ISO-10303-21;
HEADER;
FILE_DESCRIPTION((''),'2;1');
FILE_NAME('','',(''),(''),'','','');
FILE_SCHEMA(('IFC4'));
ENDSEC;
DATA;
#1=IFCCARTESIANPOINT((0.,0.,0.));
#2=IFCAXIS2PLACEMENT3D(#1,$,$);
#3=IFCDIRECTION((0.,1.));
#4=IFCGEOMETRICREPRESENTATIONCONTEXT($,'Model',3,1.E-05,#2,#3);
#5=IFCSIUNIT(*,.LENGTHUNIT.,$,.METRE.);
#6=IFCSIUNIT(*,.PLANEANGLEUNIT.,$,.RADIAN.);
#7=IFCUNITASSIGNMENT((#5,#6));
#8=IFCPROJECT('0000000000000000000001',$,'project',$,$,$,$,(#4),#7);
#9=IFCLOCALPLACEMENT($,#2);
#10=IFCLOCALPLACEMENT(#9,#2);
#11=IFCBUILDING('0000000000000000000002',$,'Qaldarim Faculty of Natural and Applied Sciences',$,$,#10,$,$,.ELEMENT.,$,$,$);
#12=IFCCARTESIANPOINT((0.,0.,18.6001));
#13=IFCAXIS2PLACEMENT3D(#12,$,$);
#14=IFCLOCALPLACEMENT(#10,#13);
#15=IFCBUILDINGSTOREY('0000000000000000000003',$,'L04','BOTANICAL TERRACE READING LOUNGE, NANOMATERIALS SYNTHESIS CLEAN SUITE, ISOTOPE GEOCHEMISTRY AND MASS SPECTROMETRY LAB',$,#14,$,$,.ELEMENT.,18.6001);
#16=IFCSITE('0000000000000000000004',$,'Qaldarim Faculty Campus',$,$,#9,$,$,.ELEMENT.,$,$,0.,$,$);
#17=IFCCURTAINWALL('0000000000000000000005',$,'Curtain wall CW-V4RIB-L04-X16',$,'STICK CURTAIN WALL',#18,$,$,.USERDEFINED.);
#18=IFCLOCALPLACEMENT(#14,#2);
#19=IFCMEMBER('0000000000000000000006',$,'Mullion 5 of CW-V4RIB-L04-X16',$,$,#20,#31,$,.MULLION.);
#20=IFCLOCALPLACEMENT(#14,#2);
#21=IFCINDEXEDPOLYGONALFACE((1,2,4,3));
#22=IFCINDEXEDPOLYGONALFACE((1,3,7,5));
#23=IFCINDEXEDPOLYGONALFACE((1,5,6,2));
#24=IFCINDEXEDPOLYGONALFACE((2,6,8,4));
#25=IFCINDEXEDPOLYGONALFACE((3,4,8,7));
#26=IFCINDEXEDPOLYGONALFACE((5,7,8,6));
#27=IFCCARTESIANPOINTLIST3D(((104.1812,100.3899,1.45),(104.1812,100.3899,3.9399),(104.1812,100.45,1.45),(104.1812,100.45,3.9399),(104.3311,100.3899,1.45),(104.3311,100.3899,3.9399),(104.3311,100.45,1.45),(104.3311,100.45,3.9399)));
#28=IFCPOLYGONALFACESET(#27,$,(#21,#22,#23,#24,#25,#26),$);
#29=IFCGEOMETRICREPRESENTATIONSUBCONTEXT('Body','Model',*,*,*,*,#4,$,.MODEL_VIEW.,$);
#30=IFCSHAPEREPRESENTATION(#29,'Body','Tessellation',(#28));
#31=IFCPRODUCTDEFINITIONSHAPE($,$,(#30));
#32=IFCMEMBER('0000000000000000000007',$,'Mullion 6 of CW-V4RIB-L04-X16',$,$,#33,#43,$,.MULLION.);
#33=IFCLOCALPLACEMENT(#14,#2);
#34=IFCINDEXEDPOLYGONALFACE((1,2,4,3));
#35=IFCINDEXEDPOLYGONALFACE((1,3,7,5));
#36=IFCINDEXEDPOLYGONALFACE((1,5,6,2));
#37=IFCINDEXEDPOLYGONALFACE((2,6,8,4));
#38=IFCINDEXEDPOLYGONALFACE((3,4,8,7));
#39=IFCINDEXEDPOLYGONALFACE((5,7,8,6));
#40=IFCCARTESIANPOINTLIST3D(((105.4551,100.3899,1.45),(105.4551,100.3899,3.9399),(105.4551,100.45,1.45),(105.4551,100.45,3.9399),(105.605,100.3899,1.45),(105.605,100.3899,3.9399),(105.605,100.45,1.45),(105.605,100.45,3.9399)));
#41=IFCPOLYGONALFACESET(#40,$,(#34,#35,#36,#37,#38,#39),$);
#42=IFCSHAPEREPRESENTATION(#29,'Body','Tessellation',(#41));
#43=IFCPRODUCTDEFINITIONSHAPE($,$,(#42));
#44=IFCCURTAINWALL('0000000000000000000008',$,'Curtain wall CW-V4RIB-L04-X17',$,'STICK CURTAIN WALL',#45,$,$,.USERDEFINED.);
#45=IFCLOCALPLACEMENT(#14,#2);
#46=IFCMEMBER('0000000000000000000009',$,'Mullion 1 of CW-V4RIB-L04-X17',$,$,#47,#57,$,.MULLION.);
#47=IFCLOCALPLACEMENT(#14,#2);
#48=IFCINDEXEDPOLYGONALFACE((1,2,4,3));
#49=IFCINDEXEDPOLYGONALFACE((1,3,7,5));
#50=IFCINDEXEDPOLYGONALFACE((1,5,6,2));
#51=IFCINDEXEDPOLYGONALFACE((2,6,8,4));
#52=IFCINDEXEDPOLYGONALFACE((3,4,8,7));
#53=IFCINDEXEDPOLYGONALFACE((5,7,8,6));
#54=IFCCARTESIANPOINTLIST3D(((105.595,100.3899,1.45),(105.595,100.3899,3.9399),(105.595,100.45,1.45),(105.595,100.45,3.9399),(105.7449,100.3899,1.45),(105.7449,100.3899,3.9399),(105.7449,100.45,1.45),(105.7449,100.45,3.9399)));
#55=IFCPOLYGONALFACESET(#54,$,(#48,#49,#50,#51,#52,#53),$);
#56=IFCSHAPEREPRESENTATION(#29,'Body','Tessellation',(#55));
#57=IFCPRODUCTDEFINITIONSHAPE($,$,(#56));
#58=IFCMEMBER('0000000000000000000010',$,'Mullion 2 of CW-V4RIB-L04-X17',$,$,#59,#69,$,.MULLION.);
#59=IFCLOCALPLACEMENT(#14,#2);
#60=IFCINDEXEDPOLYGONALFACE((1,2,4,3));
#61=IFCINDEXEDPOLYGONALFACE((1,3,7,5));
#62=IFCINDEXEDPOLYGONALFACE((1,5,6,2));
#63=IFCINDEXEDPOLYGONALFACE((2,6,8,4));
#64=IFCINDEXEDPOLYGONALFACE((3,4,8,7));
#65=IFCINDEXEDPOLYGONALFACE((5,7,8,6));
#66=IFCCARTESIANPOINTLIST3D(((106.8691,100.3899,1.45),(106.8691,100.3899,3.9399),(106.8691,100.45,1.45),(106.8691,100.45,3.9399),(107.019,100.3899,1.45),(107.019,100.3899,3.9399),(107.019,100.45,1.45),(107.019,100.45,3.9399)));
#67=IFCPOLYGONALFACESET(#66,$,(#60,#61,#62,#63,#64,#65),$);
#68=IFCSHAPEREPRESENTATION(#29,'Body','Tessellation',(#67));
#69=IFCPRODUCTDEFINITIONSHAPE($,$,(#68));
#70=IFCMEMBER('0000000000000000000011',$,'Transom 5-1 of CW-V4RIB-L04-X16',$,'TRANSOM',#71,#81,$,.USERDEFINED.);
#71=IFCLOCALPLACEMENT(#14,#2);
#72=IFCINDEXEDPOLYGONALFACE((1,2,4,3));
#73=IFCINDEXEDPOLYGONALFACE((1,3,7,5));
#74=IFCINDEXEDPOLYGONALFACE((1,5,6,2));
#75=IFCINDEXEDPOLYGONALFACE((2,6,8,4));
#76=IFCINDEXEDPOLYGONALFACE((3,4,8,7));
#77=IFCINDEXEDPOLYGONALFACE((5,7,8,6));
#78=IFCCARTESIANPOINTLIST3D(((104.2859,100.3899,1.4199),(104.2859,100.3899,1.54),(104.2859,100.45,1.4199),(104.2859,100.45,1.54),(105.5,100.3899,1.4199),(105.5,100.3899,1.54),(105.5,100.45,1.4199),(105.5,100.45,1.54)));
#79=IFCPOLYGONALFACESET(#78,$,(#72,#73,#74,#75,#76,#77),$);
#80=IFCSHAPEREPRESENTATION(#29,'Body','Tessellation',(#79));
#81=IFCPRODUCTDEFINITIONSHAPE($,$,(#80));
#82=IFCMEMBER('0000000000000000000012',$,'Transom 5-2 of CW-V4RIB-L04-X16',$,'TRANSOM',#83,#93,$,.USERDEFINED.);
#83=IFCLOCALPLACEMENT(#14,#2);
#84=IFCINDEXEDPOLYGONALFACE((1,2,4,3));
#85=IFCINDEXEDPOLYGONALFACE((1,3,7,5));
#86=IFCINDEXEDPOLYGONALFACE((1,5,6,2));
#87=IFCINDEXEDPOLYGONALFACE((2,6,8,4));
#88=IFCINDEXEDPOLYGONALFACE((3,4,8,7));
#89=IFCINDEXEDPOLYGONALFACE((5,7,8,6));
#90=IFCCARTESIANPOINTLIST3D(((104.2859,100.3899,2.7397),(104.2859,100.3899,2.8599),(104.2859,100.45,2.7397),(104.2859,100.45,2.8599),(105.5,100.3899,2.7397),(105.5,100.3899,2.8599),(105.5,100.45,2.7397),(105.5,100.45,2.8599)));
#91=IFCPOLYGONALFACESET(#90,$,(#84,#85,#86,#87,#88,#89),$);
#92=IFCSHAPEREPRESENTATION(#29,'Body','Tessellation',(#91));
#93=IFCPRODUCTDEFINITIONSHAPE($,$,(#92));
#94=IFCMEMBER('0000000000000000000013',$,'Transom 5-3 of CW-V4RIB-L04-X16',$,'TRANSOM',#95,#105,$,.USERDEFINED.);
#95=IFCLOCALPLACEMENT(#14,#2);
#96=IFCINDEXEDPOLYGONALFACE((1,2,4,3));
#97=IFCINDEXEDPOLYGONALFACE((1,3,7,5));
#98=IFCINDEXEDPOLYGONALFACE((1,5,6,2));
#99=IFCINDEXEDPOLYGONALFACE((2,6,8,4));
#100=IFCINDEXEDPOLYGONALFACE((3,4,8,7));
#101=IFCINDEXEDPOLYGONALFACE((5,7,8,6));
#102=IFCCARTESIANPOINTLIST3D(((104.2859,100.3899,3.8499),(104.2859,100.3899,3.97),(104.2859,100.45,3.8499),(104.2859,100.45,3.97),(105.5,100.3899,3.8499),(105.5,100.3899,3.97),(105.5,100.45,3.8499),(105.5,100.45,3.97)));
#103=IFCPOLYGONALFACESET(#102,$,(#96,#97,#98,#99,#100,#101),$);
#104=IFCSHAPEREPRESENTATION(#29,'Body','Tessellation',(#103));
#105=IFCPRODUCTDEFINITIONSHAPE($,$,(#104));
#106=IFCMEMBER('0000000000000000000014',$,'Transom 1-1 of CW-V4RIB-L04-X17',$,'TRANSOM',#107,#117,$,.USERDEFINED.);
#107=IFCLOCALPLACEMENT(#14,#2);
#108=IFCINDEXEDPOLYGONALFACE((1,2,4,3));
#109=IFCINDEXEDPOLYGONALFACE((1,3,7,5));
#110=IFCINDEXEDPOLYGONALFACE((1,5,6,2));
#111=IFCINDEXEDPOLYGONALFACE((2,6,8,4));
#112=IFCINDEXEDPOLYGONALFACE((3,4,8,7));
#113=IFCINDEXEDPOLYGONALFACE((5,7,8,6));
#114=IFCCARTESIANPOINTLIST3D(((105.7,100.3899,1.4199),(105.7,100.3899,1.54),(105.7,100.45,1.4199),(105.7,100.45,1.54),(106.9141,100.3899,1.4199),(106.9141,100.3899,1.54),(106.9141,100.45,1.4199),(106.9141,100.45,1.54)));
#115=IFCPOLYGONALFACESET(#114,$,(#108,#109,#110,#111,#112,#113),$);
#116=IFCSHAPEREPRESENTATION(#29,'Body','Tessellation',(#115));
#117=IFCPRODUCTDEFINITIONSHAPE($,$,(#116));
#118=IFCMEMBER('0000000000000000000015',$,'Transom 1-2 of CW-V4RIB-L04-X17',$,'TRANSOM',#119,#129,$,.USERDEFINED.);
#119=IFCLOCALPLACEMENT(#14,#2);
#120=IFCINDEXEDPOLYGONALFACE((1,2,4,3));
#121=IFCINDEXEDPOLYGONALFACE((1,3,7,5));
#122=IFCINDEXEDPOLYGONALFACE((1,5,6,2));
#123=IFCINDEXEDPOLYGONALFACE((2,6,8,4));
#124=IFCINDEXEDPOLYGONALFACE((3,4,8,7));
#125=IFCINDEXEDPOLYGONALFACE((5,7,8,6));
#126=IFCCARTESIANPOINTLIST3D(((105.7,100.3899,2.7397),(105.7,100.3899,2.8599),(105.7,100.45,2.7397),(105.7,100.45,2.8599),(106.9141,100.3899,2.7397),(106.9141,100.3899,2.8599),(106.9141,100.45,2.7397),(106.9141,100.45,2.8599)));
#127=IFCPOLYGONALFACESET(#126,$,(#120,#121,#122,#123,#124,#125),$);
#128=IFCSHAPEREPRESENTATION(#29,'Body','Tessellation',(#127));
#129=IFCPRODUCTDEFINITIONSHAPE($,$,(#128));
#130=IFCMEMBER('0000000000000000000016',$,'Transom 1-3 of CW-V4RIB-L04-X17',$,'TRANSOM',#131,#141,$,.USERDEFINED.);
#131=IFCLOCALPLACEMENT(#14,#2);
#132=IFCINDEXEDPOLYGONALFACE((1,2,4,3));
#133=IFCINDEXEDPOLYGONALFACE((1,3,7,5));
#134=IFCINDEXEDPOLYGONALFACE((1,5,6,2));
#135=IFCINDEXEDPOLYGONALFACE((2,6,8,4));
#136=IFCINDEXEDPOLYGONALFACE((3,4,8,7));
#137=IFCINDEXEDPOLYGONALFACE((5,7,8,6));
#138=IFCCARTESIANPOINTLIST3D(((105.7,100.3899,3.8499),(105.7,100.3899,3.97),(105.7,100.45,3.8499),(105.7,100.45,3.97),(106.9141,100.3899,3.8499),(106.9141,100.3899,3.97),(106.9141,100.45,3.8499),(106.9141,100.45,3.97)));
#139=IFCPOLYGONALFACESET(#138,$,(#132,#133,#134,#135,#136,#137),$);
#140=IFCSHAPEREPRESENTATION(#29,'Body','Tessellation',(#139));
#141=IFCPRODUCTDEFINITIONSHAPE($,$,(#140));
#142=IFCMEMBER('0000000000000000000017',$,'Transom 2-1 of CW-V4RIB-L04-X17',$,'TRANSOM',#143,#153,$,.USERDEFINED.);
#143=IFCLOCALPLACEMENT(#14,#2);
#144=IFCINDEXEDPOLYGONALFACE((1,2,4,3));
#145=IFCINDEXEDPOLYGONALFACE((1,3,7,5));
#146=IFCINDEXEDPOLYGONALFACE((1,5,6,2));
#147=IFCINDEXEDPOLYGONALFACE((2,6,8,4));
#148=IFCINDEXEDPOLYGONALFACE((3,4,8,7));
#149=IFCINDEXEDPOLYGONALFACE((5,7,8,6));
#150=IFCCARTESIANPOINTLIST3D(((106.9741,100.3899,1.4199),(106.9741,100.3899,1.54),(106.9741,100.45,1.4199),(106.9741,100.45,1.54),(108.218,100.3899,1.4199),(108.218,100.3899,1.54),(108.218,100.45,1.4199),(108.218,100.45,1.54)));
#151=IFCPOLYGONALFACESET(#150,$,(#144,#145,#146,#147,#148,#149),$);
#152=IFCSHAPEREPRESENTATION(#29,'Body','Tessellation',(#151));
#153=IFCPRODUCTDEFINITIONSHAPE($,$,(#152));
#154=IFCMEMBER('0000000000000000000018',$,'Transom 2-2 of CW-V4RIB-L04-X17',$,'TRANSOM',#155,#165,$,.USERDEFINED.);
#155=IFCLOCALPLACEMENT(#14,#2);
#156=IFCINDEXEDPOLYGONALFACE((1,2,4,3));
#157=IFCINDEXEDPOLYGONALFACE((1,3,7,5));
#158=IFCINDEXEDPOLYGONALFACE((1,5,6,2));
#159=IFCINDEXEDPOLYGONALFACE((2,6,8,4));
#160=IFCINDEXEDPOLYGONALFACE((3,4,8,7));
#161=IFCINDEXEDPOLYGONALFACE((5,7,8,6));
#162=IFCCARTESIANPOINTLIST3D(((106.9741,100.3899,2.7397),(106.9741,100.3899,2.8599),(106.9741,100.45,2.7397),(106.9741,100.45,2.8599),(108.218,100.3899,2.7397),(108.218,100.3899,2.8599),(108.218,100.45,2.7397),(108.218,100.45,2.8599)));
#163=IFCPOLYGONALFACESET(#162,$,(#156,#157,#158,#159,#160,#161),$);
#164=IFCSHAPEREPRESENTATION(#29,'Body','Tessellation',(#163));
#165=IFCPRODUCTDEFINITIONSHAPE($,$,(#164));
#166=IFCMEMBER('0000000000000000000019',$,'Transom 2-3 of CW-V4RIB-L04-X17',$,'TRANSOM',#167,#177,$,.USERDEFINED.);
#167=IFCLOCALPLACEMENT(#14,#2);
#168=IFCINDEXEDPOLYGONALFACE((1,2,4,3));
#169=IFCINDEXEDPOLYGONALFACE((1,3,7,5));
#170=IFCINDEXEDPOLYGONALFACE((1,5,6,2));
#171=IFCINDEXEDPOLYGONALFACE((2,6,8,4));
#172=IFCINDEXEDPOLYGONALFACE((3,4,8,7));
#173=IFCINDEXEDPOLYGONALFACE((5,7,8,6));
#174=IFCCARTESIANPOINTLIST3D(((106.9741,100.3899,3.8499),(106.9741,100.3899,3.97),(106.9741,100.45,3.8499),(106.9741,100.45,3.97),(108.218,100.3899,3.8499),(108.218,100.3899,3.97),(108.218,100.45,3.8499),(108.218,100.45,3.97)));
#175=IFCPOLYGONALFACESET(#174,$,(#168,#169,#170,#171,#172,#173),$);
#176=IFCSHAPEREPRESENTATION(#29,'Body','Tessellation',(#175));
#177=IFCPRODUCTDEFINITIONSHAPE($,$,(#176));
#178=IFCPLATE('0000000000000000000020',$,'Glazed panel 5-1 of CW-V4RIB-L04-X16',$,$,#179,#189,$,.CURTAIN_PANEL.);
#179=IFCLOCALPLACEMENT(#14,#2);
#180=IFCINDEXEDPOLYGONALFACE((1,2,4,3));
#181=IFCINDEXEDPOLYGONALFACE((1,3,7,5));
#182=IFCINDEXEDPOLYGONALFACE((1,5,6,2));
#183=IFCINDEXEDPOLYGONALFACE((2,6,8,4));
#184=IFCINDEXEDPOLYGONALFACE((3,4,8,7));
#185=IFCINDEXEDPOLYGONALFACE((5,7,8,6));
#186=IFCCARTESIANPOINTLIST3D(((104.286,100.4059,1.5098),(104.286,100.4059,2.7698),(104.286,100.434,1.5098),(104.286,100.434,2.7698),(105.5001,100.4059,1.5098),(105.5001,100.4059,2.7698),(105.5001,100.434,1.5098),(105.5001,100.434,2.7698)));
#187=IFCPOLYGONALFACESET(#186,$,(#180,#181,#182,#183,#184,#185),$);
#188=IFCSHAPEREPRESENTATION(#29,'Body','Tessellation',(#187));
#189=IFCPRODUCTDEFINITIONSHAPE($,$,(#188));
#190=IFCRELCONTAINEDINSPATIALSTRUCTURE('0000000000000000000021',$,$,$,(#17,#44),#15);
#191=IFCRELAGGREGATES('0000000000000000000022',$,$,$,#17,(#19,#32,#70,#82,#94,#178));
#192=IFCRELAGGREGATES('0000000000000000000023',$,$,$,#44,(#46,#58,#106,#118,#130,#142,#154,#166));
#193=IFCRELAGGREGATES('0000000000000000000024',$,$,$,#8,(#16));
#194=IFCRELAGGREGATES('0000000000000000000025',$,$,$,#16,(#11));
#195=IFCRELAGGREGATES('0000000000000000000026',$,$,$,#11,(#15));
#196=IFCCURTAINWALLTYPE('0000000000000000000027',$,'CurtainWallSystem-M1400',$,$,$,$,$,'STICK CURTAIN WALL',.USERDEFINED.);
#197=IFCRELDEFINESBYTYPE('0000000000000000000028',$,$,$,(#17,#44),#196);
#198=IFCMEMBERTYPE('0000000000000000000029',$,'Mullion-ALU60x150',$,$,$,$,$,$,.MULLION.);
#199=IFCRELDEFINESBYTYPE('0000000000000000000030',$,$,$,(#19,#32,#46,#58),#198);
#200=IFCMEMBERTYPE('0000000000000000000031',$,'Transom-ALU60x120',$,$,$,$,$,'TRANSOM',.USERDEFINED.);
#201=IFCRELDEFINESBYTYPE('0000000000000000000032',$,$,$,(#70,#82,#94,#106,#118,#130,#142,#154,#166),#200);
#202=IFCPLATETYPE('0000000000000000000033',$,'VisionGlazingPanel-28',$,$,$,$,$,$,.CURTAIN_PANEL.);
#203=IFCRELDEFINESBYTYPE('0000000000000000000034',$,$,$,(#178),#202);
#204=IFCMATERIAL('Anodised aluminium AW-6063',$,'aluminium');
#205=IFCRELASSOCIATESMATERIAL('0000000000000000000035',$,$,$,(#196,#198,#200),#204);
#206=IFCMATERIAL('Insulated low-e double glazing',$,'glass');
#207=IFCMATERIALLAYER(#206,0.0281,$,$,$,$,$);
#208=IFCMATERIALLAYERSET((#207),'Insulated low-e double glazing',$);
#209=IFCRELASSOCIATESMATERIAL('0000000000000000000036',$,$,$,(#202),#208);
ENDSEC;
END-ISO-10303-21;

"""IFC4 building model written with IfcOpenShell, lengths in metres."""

from ifc_helpers import new_model, si_unit, direction, frame, origin, origin_2d, place, context, subcontext, project, spatial, rectangle, extrude, material, layer, layer_set, material_profile, profile_set, type_object, element, aggregate, save


model = new_model("IFC4")

# Units and contexts
model_context = context("Model", 3, precision=1e-05, world=origin(), true_north=direction((0.0, 1.0)))
body_context = subcontext(model_context, "Body", "Model", "MODEL_VIEW")
ifc_project = project(units=[si_unit("LENGTHUNIT", "METRE"), si_unit("PLANEANGLEUNIT", "RADIAN")], contexts=[model_context])

# Site, building, storey
site_placement = place(None, origin())
site = spatial("IfcSite", under=ifc_project, at=site_placement, Name="Qaldarim Faculty Campus", CompositionType="ELEMENT", RefElevation=0.0)
building_placement = place(site_placement, origin())
building = spatial("IfcBuilding", under=site, at=building_placement, Name="Qaldarim Faculty of Natural and Applied Sciences", CompositionType="ELEMENT")
storey_placement = place(building_placement, frame((0.0, 0.0, 18.6001)))
storey = spatial("IfcBuildingStorey", under=building, at=storey_placement, Name="L04", Description="BOTANICAL TERRACE READING LOUNGE, NANOMATERIALS SYNTHESIS CLEAN SUITE, ISOTOPE GEOCHEMISTRY AND MASS SPECTROMETRY LAB", CompositionType="ELEMENT", Elevation=18.6001)

# Curtain walls, members
ifc_material_1 = material(Name="Anodised aluminium AW-6063", Category="aluminium")
curtain_wall_type = type_object("IfcCurtainWallType", Name="CurtainWallSystem-M1400", ElementType="STICK CURTAIN WALL", PredefinedType="USERDEFINED", material=ifc_material_1)
curtain_wall_1_placement = place(storey_placement, origin())
curtain_wall_1 = element("IfcCurtainWall", 1, at=curtain_wall_1_placement, inside=storey, type_object=curtain_wall_type, Name="Curtain wall CW-V4RIB-L04-X16", ObjectType="STICK CURTAIN WALL", PredefinedType="USERDEFINED")
ifc_material_profile_1 = material_profile(ifc_material_1, rectangle(XDim=0.0601, YDim=0.1499, at=origin_2d()), Name="ALU-M60x150")
ifc_profile_set_1 = profile_set([ifc_material_profile_1], Name="Anodised aluminium AW-6063")
member_type_1 = type_object("IfcMemberType", Name="Mullion-ALU60x150", PredefinedType="MULLION", material=ifc_profile_set_1)
member_1_placement = place(storey_placement, frame((104.2561, 100.4199, 1.45), z_axis=(0.0, 0.0, 1.0), x_axis=(0.0, 1.0, 0.0)))
member_1 = element("IfcMember", 2, at=member_1_placement, type_object=member_type_1, Name="Mullion 5 of CW-V4RIB-L04-X16", PredefinedType="MULLION", context=body_context, shape_type="SweptSolid", body=[
    extrude(rectangle(XDim=0.0601, YDim=0.1499, at=origin_2d()), origin(), (0.0, 0.0, 1.0), 2.49),
])
member_2_placement = place(storey_placement, frame((105.53, 100.4199, 1.45), z_axis=(0.0, 0.0, 1.0), x_axis=(0.0, 1.0, 0.0)))
member_2 = element("IfcMember", 3, at=member_2_placement, type_object=member_type_1, Name="Mullion 6 of CW-V4RIB-L04-X16", PredefinedType="MULLION", context=body_context, shape_type="SweptSolid", body=[
    extrude(rectangle(XDim=0.0601, YDim=0.1499, at=origin_2d()), origin(), (0.0, 0.0, 1.0), 2.49),
])
curtain_wall_2_placement = place(storey_placement, origin())
curtain_wall_2 = element("IfcCurtainWall", 4, at=curtain_wall_2_placement, inside=storey, type_object=curtain_wall_type, Name="Curtain wall CW-V4RIB-L04-X17", ObjectType="STICK CURTAIN WALL", PredefinedType="USERDEFINED")
member_3_placement = place(storey_placement, frame((105.6699, 100.4199, 1.45), z_axis=(0.0, 0.0, 1.0), x_axis=(0.0, 1.0, 0.0)))
member_3 = element("IfcMember", 5, at=member_3_placement, type_object=member_type_1, Name="Mullion 1 of CW-V4RIB-L04-X17", PredefinedType="MULLION", context=body_context, shape_type="SweptSolid", body=[
    extrude(rectangle(XDim=0.0601, YDim=0.1499, at=origin_2d()), origin(), (0.0, 0.0, 1.0), 2.49),
])
member_4_placement = place(storey_placement, frame((106.9441, 100.4199, 1.45), z_axis=(0.0, 0.0, 1.0), x_axis=(0.0, 1.0, 0.0)))
member_4 = element("IfcMember", 6, at=member_4_placement, type_object=member_type_1, Name="Mullion 2 of CW-V4RIB-L04-X17", PredefinedType="MULLION", context=body_context, shape_type="SweptSolid", body=[
    extrude(rectangle(XDim=0.0601, YDim=0.1499, at=origin_2d()), origin(), (0.0, 0.0, 1.0), 2.49),
])

# Members
ifc_material_profile_2 = material_profile(ifc_material_1, rectangle(XDim=0.0601, YDim=0.1201, at=origin_2d()), Name="ALU-T60x120")
ifc_profile_set_2 = profile_set([ifc_material_profile_2], Name="Anodised aluminium AW-6063")
member_type_2 = type_object("IfcMemberType", Name="Transom-ALU60x120", ElementType="TRANSOM", PredefinedType="USERDEFINED", material=ifc_profile_set_2)
member_5_placement = place(storey_placement, frame((104.2859, 100.4199, 1.48), z_axis=(1.0, 0.0, 0.0), x_axis=(0.0, 1.0, 0.0)))
member_5 = element("IfcMember", 7, at=member_5_placement, type_object=member_type_2, Name="Transom 5-1 of CW-V4RIB-L04-X16", ObjectType="TRANSOM", PredefinedType="USERDEFINED", context=body_context, shape_type="SweptSolid", body=[
    extrude(rectangle(XDim=0.0601, YDim=0.1201, at=origin_2d()), origin(), (0.0, 0.0, 1.0), 1.2141),
])
member_6_placement = place(storey_placement, frame((104.2859, 100.4199, 2.7998), z_axis=(1.0, 0.0, 0.0), x_axis=(0.0, 1.0, 0.0)))
member_6 = element("IfcMember", 8, at=member_6_placement, type_object=member_type_2, Name="Transom 5-2 of CW-V4RIB-L04-X16", ObjectType="TRANSOM", PredefinedType="USERDEFINED", context=body_context, shape_type="SweptSolid", body=[
    extrude(rectangle(XDim=0.0601, YDim=0.1201, at=origin_2d()), origin(), (0.0, 0.0, 1.0), 1.2141),
])
member_7_placement = place(storey_placement, frame((104.2859, 100.4199, 3.9099), z_axis=(1.0, 0.0, 0.0), x_axis=(0.0, 1.0, 0.0)))
member_7 = element("IfcMember", 9, at=member_7_placement, type_object=member_type_2, Name="Transom 5-3 of CW-V4RIB-L04-X16", ObjectType="TRANSOM", PredefinedType="USERDEFINED", context=body_context, shape_type="SweptSolid", body=[
    extrude(rectangle(XDim=0.0601, YDim=0.1201, at=origin_2d()), origin(), (0.0, 0.0, 1.0), 1.2141),
])
member_8_placement = place(storey_placement, frame((105.7, 100.4199, 1.48), z_axis=(1.0, 0.0, 0.0), x_axis=(0.0, 1.0, 0.0)))
member_8 = element("IfcMember", 10, at=member_8_placement, type_object=member_type_2, Name="Transom 1-1 of CW-V4RIB-L04-X17", ObjectType="TRANSOM", PredefinedType="USERDEFINED", context=body_context, shape_type="SweptSolid", body=[
    extrude(rectangle(XDim=0.0601, YDim=0.1201, at=origin_2d()), origin(), (0.0, 0.0, 1.0), 1.2141),
])
member_9_placement = place(storey_placement, frame((105.7, 100.4199, 2.7998), z_axis=(1.0, 0.0, 0.0), x_axis=(0.0, 1.0, 0.0)))
member_9 = element("IfcMember", 11, at=member_9_placement, type_object=member_type_2, Name="Transom 1-2 of CW-V4RIB-L04-X17", ObjectType="TRANSOM", PredefinedType="USERDEFINED", context=body_context, shape_type="SweptSolid", body=[
    extrude(rectangle(XDim=0.0601, YDim=0.1201, at=origin_2d()), origin(), (0.0, 0.0, 1.0), 1.2141),
])
member_10_placement = place(storey_placement, frame((105.7, 100.4199, 3.9099), z_axis=(1.0, 0.0, 0.0), x_axis=(0.0, 1.0, 0.0)))
member_10 = element("IfcMember", 12, at=member_10_placement, type_object=member_type_2, Name="Transom 1-3 of CW-V4RIB-L04-X17", ObjectType="TRANSOM", PredefinedType="USERDEFINED", context=body_context, shape_type="SweptSolid", body=[
    extrude(rectangle(XDim=0.0601, YDim=0.1201, at=origin_2d()), origin(), (0.0, 0.0, 1.0), 1.2141),
])
member_11_placement = place(storey_placement, frame((106.9741, 100.4199, 1.48), z_axis=(1.0, 0.0, 0.0), x_axis=(0.0, 1.0, 0.0)))
member_11 = element("IfcMember", 13, at=member_11_placement, type_object=member_type_2, Name="Transom 2-1 of CW-V4RIB-L04-X17", ObjectType="TRANSOM", PredefinedType="USERDEFINED", context=body_context, shape_type="SweptSolid", body=[
    extrude(rectangle(XDim=0.0601, YDim=0.1201, at=origin_2d()), origin(), (0.0, 0.0, 1.0), 1.2439),
])
member_12_placement = place(storey_placement, frame((106.9741, 100.4199, 2.7998), z_axis=(1.0, 0.0, 0.0), x_axis=(0.0, 1.0, 0.0)))
member_12 = element("IfcMember", 14, at=member_12_placement, type_object=member_type_2, Name="Transom 2-2 of CW-V4RIB-L04-X17", ObjectType="TRANSOM", PredefinedType="USERDEFINED", context=body_context, shape_type="SweptSolid", body=[
    extrude(rectangle(XDim=0.0601, YDim=0.1201, at=origin_2d()), origin(), (0.0, 0.0, 1.0), 1.2439),
])
member_13_placement = place(storey_placement, frame((106.9741, 100.4199, 3.9099), z_axis=(1.0, 0.0, 0.0), x_axis=(0.0, 1.0, 0.0)))
member_13 = element("IfcMember", 15, at=member_13_placement, type_object=member_type_2, Name="Transom 2-3 of CW-V4RIB-L04-X17", ObjectType="TRANSOM", PredefinedType="USERDEFINED", context=body_context, shape_type="SweptSolid", body=[
    extrude(rectangle(XDim=0.0601, YDim=0.1201, at=origin_2d()), origin(), (0.0, 0.0, 1.0), 1.2439),
])

# Plate
ifc_material_2 = material(Name="Insulated low-e double glazing", Category="glass")
ifc_layer_1 = layer(ifc_material_2, 0.0281)
ifc_layer_set_1 = layer_set([ifc_layer_1], Name="Insulated low-e double glazing")
plate_type = type_object("IfcPlateType", Name="VisionGlazingPanel-28", PredefinedType="CURTAIN_PANEL", material=ifc_layer_set_1)
plate_1_placement = place(storey_placement, frame((104.8931, 100.4199, 1.5098), z_axis=(0.0, 0.0, 1.0), x_axis=(1.0, 0.0, 0.0)))
plate_1 = element("IfcPlate", 16, at=plate_1_placement, type_object=plate_type, Name="Glazed panel 5-1 of CW-V4RIB-L04-X16", PredefinedType="CURTAIN_PANEL", context=body_context, shape_type="SweptSolid", body=[
    extrude(rectangle(XDim=1.2141, YDim=0.0281, at=origin_2d()), origin(), (0.0, 0.0, 1.0), 1.26),
])
aggregate(curtain_wall_1, [member_1, member_2, member_5, member_6, member_7, plate_1])
aggregate(curtain_wall_2, [member_3, member_4, member_8, member_9, member_10, member_11, member_12, member_13])

save(model, "model.ifc")
